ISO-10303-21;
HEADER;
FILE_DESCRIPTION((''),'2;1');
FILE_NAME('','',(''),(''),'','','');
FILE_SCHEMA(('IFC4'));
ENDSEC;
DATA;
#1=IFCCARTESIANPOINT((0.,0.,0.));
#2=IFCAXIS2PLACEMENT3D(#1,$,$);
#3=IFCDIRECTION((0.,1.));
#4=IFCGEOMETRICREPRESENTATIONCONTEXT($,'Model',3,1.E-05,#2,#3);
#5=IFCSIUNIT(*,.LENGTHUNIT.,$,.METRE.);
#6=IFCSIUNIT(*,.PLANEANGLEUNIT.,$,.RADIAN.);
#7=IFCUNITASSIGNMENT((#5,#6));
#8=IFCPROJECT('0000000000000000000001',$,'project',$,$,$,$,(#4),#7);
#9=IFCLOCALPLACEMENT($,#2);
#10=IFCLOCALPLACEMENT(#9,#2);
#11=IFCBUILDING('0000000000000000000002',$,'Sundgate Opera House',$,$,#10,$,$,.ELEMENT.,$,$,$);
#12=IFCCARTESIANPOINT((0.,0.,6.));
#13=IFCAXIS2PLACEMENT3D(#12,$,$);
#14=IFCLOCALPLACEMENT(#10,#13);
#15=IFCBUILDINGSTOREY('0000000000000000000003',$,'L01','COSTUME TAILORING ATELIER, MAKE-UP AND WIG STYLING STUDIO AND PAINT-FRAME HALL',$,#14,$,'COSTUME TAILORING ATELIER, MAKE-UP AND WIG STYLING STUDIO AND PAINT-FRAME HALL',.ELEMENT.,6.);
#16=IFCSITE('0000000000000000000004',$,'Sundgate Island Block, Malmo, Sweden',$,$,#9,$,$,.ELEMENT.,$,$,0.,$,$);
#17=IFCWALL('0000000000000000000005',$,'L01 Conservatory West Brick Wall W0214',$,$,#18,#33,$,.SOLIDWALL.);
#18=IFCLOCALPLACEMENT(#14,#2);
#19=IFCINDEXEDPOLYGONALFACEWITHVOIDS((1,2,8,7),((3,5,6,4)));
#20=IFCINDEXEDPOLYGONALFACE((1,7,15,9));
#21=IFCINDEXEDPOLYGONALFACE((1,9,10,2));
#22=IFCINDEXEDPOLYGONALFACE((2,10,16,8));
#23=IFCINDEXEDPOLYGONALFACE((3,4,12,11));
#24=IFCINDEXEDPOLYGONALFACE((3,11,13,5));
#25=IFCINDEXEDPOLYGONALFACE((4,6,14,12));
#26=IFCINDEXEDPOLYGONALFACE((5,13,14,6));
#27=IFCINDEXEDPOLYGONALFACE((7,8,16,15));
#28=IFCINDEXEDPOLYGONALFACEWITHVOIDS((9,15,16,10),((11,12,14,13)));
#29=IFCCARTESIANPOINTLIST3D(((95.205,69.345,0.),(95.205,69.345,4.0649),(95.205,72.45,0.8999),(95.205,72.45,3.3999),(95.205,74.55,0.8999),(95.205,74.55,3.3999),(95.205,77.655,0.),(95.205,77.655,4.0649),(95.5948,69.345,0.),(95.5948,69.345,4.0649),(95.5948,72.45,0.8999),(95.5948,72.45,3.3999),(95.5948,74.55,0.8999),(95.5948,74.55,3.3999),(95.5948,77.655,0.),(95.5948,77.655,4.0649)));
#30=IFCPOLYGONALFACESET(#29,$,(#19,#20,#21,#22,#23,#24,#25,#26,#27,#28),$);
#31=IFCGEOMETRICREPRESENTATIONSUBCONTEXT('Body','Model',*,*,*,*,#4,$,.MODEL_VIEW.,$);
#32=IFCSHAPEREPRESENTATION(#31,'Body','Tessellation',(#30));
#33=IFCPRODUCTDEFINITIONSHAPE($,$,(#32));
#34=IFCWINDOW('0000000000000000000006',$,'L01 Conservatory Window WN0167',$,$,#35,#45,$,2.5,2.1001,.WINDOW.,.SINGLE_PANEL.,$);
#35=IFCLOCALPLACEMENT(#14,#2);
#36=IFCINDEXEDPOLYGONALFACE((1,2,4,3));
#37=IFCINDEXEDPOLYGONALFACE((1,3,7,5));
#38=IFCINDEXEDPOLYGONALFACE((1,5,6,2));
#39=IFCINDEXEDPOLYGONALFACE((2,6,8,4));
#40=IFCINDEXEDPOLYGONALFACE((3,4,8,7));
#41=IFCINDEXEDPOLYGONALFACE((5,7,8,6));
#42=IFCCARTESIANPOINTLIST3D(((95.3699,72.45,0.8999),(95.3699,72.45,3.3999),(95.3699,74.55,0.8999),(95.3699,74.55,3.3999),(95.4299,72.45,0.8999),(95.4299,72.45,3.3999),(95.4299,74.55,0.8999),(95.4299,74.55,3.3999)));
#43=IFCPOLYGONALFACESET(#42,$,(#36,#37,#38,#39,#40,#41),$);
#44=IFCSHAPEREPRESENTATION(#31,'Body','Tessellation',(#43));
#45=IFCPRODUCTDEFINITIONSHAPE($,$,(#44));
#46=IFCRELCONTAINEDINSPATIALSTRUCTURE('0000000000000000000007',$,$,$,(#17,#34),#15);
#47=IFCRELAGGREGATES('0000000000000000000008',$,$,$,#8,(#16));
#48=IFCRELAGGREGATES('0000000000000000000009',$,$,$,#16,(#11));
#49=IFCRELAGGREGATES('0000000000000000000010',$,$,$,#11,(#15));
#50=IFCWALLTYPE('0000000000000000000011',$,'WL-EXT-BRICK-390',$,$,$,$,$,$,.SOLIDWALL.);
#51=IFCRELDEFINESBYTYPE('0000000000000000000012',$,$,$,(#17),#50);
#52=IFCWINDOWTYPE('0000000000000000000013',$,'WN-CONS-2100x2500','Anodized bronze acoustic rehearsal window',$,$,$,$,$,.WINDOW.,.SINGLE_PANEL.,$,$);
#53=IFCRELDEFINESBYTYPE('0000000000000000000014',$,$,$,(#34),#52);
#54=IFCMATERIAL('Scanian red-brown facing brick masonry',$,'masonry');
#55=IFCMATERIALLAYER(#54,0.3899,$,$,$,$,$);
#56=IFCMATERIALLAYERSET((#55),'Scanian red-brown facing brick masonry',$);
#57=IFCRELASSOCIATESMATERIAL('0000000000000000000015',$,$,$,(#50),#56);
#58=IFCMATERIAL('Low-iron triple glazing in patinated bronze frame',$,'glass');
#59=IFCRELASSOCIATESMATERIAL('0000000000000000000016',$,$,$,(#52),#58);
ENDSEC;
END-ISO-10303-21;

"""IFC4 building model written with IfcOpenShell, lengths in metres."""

from ifc_helpers import new_model, si_unit, direction, frame, frame_2d, origin, place, context, subcontext, project, spatial, rectangle, extrude, material, layer, layer_set, type_object, element, fill, save


model = new_model("IFC4")

# Units and contexts
model_context = context("Model", 3, precision=1e-05, world=origin(), true_north=direction((0.0, 1.0)))
body_context = subcontext(model_context, "Body", "Model", "MODEL_VIEW")
ifc_project = project(units=[si_unit("LENGTHUNIT", "METRE"), si_unit("PLANEANGLEUNIT", "RADIAN")], contexts=[model_context])

# Site, building, storey
site_placement = place(None, origin())
site = spatial("IfcSite", under=ifc_project, at=site_placement, Name="Sundgate Island Block, Malmo, Sweden", CompositionType="ELEMENT", RefElevation=0.0)
building_placement = place(site_placement, origin())
building = spatial("IfcBuilding", under=site, at=building_placement, Name="Sundgate Opera House", CompositionType="ELEMENT")
storey_placement = place(building_placement, frame((0.0, 0.0, 6.0)))
storey = spatial("IfcBuildingStorey", under=building, at=storey_placement, Name="L01", Description="COSTUME TAILORING ATELIER, MAKE-UP AND WIG STYLING STUDIO AND PAINT-FRAME HALL", LongName="COSTUME TAILORING ATELIER, MAKE-UP AND WIG STYLING STUDIO AND PAINT-FRAME HALL", CompositionType="ELEMENT", Elevation=6.0)

# Wall, opening, window
ifc_material_1 = material(Name="Scanian red-brown facing brick masonry", Category="masonry")
ifc_layer_1 = layer(ifc_material_1, 0.3899)
ifc_layer_set_1 = layer_set([ifc_layer_1], Name="Scanian red-brown facing brick masonry")
wall_type = type_object("IfcWallType", Name="WL-EXT-BRICK-390", PredefinedType="SOLIDWALL", material=ifc_layer_set_1)
wall_placement = place(storey_placement, frame((95.3999, 77.655, 0.0), z_axis=(0.0, 0.0, 1.0), x_axis=(0.0, -1.0, 0.0)))
wall = element("IfcWall", 1, at=wall_placement, inside=storey, type_object=wall_type, Name="L01 Conservatory West Brick Wall W0214", PredefinedType="SOLIDWALL", context=body_context, shape_type="SweptSolid", body=[
    extrude(rectangle(XDim=8.3101, YDim=0.3899, at=frame_2d((4.155, 0.0))), origin(), (0.0, 0.0, 1.0), 4.0649),
])
opening_placement = place(wall_placement, frame((3.105, 0.0, 0.8999)))
opening = element("IfcOpeningElement", 2, at=opening_placement, cuts=wall, PredefinedType="OPENING", context=body_context, shape_type="SweptSolid", body=[
    extrude(rectangle(XDim=2.1001, YDim=2.5, at=frame_2d((1.05, 1.25))), frame((0.0, 0.2048, 0.0), z_axis=(0.0, -1.0, 0.0), x_axis=(1.0, 0.0, 0.0)), (0.0, 0.0, 1.0), 0.4099),
])
ifc_material_2 = material(Name="Low-iron triple glazing in patinated bronze frame", Category="glass")
window_type = type_object("IfcWindowType", Name="WN-CONS-2100x2500", Description="Anodized bronze acoustic rehearsal window", PartitioningType="SINGLE_PANEL", PredefinedType="WINDOW", material=ifc_material_2)
window_placement = place(opening_placement, origin())
window = element("IfcWindow", 3, at=window_placement, inside=storey, type_object=window_type, Name="L01 Conservatory Window WN0167", OverallHeight=2.5, OverallWidth=2.1001, PartitioningType="SINGLE_PANEL", PredefinedType="WINDOW", context=body_context, shape_type="SweptSolid", body=[
    extrude(rectangle(XDim=2.1001, YDim=2.5, at=frame_2d((1.05, 1.25))), frame((0.0, 0.03, 0.0), z_axis=(0.0, -1.0, 0.0), x_axis=(1.0, 0.0, 0.0)), (0.0, 0.0, 1.0), 0.0601),
])
fill(opening, window)

save(model, "model.ifc")
